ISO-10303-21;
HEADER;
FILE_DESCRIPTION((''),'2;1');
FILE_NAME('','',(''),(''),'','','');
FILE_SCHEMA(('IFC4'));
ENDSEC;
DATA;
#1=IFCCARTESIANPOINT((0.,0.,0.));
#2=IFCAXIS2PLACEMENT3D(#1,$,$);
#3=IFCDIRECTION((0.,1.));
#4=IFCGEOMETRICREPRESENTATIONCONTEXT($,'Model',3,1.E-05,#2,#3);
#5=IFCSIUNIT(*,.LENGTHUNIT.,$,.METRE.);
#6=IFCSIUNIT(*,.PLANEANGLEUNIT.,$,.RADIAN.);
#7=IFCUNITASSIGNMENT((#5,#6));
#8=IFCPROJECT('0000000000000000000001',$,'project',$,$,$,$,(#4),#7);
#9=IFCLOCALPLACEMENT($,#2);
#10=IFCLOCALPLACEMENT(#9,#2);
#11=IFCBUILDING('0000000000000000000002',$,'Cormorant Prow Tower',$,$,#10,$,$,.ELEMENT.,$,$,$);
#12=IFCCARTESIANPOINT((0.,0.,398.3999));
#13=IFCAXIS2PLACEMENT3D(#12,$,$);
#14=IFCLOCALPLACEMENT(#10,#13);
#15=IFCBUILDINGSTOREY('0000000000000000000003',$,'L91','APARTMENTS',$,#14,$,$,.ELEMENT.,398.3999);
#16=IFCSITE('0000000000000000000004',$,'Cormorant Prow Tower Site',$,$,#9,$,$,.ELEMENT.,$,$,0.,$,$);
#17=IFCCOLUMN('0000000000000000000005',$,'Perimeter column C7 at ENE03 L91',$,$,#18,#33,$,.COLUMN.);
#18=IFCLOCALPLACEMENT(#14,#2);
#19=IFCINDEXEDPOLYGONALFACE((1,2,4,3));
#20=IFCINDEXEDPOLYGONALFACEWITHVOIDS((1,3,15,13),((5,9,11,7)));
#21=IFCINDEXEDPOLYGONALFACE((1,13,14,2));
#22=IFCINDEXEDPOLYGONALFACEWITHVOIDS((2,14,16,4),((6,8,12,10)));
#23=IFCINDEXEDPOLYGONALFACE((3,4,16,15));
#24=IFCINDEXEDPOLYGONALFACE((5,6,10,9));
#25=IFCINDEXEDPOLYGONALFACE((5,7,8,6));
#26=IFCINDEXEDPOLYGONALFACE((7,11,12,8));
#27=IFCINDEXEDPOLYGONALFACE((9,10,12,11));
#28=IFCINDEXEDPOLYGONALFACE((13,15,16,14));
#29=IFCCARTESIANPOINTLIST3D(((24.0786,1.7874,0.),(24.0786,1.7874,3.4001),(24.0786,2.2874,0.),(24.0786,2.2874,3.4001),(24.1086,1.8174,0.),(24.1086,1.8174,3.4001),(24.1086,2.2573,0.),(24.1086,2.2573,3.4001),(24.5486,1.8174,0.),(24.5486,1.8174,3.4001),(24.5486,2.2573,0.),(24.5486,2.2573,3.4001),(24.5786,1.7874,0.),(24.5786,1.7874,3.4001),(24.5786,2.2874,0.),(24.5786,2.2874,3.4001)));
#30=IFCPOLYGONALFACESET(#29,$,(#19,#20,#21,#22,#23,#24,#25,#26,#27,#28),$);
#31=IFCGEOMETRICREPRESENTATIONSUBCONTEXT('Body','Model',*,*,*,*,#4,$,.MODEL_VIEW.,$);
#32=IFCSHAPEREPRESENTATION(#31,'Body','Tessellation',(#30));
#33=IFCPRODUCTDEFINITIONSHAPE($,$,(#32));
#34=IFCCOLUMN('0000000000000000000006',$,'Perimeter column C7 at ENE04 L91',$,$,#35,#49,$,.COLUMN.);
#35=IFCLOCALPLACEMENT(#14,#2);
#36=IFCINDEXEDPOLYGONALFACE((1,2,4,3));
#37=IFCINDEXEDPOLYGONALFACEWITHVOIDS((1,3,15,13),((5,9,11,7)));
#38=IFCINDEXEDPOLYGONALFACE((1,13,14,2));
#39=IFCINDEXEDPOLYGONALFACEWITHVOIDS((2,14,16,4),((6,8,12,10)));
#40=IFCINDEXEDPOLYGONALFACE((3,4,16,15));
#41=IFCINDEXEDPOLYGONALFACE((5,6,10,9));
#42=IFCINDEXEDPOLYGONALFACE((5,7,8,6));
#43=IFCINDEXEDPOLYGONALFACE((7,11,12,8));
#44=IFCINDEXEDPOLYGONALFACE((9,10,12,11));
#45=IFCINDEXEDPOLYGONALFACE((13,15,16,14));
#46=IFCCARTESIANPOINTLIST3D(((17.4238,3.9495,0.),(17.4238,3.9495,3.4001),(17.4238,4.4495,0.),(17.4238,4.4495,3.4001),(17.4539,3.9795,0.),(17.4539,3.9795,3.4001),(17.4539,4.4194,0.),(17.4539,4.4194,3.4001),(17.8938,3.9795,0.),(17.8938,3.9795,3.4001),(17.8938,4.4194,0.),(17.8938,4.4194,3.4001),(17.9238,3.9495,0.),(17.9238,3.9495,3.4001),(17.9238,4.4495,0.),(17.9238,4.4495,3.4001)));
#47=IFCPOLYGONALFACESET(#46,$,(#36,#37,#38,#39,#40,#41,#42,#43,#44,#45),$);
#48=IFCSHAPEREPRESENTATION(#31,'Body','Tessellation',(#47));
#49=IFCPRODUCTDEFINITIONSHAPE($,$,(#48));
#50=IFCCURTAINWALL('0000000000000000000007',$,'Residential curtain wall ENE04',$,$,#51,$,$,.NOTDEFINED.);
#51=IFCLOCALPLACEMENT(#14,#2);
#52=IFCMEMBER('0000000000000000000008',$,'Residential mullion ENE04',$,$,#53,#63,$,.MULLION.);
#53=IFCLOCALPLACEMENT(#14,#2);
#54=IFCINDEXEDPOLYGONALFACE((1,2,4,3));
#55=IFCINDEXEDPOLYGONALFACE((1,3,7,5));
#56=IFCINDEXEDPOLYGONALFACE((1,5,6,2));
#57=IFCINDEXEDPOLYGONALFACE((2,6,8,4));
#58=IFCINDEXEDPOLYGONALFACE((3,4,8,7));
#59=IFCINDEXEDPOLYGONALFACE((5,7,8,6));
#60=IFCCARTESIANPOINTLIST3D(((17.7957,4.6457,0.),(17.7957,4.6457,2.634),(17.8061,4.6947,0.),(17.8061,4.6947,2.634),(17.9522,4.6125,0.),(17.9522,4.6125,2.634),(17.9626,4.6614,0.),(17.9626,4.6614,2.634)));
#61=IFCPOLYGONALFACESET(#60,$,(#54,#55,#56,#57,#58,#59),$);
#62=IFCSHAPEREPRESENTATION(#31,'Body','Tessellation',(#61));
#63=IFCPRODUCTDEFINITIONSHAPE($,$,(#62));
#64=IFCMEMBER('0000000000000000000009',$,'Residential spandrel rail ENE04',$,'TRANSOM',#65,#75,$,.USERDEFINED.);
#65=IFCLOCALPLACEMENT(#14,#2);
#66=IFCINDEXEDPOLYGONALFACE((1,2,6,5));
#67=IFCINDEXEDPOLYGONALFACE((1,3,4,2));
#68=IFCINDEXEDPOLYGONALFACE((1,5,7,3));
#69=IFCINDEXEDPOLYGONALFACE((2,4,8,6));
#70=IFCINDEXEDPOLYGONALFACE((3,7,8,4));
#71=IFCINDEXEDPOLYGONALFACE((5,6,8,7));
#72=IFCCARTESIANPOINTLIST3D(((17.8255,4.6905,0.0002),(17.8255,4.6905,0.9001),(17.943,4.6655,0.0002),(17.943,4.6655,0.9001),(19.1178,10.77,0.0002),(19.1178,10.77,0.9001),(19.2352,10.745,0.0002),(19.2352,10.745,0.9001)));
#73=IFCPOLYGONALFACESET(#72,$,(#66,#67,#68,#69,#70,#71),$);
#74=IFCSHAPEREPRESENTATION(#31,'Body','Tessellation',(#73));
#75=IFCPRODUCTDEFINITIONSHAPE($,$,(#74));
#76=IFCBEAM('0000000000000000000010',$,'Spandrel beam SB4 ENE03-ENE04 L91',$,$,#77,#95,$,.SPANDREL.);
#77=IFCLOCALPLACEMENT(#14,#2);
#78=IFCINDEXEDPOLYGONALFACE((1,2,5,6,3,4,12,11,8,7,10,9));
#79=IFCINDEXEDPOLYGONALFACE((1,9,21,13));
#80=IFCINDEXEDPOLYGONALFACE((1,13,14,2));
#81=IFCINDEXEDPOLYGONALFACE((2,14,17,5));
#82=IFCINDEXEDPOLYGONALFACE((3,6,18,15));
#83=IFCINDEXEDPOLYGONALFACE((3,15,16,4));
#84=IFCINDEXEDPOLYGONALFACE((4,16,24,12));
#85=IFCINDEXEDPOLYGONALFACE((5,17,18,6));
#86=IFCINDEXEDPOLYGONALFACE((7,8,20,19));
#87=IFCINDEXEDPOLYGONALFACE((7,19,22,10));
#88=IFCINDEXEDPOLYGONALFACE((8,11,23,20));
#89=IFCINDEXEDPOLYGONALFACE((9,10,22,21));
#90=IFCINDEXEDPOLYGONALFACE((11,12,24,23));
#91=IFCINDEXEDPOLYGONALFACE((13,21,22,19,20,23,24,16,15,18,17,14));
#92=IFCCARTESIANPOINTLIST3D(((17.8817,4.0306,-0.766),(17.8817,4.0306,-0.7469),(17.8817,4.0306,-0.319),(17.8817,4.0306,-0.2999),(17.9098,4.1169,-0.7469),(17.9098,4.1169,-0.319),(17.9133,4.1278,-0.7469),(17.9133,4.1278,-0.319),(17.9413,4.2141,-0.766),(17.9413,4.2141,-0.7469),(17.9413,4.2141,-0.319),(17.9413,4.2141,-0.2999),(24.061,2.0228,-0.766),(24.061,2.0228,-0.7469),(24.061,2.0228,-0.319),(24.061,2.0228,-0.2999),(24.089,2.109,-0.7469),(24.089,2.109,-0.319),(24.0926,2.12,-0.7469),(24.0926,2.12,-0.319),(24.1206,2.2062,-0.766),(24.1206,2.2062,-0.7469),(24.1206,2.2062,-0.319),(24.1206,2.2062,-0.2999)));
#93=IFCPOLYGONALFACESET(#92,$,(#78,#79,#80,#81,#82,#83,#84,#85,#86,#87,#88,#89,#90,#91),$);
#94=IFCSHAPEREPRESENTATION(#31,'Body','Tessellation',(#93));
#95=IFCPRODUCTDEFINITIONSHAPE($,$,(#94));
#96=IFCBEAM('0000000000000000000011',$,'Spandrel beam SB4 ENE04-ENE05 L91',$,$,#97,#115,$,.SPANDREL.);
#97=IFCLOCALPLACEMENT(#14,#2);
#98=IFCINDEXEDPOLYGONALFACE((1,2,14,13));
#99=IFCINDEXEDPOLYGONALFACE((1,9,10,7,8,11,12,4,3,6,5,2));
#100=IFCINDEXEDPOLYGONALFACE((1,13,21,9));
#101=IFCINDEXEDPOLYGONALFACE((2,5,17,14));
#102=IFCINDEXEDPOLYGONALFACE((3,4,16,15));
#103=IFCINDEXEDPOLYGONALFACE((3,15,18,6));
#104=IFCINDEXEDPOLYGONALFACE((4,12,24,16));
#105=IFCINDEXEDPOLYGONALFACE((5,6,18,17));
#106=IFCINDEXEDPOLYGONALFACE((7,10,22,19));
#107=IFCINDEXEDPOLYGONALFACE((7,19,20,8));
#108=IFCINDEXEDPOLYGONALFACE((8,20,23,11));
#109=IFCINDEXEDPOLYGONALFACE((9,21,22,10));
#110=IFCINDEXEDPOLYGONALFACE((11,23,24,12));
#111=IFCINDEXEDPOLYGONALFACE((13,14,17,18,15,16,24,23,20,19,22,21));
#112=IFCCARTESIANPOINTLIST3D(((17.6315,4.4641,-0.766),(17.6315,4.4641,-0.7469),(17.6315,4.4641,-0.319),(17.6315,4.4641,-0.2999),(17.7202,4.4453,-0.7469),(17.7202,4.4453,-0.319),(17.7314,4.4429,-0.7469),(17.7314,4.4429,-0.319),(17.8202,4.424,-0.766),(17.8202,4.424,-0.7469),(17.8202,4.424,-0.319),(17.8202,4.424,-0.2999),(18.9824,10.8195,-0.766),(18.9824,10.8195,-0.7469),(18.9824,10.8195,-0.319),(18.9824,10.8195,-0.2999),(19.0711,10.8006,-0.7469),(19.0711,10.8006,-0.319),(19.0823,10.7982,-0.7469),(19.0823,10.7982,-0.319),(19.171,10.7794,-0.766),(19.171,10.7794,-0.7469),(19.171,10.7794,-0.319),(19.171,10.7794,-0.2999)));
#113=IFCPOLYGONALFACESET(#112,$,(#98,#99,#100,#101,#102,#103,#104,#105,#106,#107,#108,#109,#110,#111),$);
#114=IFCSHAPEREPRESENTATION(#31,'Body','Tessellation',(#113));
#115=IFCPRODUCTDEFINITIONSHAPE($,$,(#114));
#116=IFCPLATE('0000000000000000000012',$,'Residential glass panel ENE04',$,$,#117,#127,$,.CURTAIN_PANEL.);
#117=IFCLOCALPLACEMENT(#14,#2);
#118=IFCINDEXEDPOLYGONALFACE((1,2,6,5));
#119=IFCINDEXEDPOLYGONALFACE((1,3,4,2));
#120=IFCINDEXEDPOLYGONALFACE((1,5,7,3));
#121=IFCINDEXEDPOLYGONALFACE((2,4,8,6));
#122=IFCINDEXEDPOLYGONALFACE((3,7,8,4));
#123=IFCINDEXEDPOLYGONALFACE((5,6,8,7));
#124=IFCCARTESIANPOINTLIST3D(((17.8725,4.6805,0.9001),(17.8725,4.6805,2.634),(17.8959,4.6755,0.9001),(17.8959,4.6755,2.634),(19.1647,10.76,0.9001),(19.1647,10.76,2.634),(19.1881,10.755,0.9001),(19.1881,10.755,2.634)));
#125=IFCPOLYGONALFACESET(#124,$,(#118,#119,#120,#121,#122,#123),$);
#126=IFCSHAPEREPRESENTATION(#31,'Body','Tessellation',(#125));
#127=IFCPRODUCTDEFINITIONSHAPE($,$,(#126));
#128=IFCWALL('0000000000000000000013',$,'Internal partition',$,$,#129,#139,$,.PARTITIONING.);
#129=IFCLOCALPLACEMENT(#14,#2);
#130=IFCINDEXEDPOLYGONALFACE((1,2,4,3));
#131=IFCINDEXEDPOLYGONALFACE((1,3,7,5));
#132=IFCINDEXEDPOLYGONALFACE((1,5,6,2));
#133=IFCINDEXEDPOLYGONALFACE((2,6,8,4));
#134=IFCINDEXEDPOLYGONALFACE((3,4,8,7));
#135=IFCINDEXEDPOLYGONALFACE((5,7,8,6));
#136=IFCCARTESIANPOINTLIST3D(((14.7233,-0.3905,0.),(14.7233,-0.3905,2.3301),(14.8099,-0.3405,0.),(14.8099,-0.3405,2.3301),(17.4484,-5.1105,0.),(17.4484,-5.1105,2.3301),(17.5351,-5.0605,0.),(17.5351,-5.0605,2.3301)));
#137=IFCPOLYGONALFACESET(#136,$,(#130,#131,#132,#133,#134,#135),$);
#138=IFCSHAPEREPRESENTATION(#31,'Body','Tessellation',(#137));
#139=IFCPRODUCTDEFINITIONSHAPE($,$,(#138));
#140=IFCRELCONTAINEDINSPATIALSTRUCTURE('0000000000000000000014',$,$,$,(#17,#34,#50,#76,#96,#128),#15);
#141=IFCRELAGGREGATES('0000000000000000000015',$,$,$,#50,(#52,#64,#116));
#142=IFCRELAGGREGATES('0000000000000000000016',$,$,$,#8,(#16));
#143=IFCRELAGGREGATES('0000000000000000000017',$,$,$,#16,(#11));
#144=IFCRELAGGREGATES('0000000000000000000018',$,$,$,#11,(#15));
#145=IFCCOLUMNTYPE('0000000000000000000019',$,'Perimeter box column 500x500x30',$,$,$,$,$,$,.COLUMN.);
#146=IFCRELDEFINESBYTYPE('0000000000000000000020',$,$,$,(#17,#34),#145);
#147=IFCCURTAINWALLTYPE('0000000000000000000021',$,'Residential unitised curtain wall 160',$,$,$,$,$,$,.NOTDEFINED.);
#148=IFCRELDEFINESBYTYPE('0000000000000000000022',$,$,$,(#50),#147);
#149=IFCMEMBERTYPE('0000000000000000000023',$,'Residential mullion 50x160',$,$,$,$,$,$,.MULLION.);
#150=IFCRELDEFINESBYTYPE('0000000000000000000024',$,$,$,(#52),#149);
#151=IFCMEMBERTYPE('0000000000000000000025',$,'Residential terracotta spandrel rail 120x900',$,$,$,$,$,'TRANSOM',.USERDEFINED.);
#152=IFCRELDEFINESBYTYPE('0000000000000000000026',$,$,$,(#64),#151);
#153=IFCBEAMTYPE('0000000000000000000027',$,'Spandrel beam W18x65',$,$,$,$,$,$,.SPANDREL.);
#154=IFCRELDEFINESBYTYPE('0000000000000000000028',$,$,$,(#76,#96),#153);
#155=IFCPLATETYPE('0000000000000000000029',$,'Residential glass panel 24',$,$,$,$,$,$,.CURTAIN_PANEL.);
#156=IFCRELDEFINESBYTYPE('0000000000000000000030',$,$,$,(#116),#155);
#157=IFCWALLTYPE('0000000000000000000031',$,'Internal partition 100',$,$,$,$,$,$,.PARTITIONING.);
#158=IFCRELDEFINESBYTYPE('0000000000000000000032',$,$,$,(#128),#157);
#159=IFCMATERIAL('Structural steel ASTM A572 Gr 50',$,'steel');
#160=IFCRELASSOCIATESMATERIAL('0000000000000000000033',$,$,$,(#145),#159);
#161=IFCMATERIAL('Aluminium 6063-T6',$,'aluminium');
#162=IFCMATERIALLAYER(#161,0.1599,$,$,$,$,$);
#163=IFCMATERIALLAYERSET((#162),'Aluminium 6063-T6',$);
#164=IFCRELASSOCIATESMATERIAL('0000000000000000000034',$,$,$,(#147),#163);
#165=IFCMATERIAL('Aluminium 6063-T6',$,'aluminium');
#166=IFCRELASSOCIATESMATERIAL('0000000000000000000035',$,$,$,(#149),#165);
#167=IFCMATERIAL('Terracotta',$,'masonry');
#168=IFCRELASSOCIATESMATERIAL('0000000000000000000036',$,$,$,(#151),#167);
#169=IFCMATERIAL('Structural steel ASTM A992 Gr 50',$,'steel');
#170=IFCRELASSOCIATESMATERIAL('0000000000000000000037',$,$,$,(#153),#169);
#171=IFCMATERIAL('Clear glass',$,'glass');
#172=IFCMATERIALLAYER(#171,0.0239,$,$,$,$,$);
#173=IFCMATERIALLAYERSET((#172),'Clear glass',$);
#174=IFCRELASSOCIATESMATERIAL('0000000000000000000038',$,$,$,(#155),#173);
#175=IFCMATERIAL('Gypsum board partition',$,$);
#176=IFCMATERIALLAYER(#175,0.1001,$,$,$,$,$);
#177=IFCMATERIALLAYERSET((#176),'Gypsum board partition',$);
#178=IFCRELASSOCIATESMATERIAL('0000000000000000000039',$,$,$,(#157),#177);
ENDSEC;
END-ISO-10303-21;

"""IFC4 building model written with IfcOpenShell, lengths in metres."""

from ifc_helpers import new_model, si_unit, direction, frame, frame_2d, origin, origin_2d, place, context, subcontext, project, spatial, rectangle, hollow_rectangle, i_section, extrude, material, layer, layer_set, material_profile, profile_set, type_object, element, aggregate, save


model = new_model("IFC4")

# Units and contexts
model_context = context("Model", 3, precision=1e-05, world=origin(), true_north=direction((0.0, 1.0)))
body_context = subcontext(model_context, "Body", "Model", "MODEL_VIEW")
ifc_project = project(units=[si_unit("LENGTHUNIT", "METRE"), si_unit("PLANEANGLEUNIT", "RADIAN")], contexts=[model_context])

# Site, building, storey
site_placement = place(None, origin())
site = spatial("IfcSite", under=ifc_project, at=site_placement, Name="Cormorant Prow Tower Site", CompositionType="ELEMENT", RefElevation=0.0)
building_placement = place(site_placement, origin())
building = spatial("IfcBuilding", under=site, at=building_placement, Name="Cormorant Prow Tower", CompositionType="ELEMENT")
storey_placement = place(building_placement, frame((0.0, 0.0, 398.3999)))
storey = spatial("IfcBuildingStorey", under=building, at=storey_placement, Name="L91", Description="APARTMENTS", CompositionType="ELEMENT", Elevation=398.3999)

# Columns
ifc_material_1 = material(Name="Structural steel ASTM A572 Gr 50", Category="steel")
ifc_material_profile_1 = material_profile(ifc_material_1, hollow_rectangle(XDim=0.5, YDim=0.5, WallThickness=0.03, at=origin_2d()), Name="Box 500x500x30")
ifc_profile_set_1 = profile_set([ifc_material_profile_1], Name="Structural steel ASTM A572 Gr 50")
column_type = type_object("IfcColumnType", Name="Perimeter box column 500x500x30", PredefinedType="COLUMN", material=ifc_profile_set_1)
for number, where, z_axis, x_axis, name in (
    (1, (24.3286, 2.0374, 0.0), (0.0, 0.0, 1.0), (1.0, 0.0, 0.0), "Perimeter column C7 at ENE03 L91"),
    (2, (17.6738, 4.1995, 0.0), (0.0, 0.0, 1.0), (1.0, 0.0, 0.0), "Perimeter column C7 at ENE04 L91"),
):
    element("IfcColumn", number, at=place(storey_placement, frame(where, z_axis=z_axis, x_axis=x_axis)), inside=storey, type_object=column_type, Name=name, PredefinedType="COLUMN", context=body_context, shape_type="SweptSolid", body=[
        extrude(hollow_rectangle(XDim=0.5, YDim=0.5, WallThickness=0.03, at=origin_2d()), origin(), (0.0, 0.0, 1.0), 3.4001),
    ])

# Curtain wall, members
ifc_material_2 = material(Name="Aluminium 6063-T6", Category="aluminium")
ifc_layer_1 = layer(ifc_material_2, 0.1599)
ifc_layer_set_1 = layer_set([ifc_layer_1], Name="Aluminium 6063-T6")
curtain_wall_type = type_object("IfcCurtainWallType", Name="Residential unitised curtain wall 160", PredefinedType="NOTDEFINED", material=ifc_layer_set_1)
curtain_wall_placement = place(storey_placement, origin())
curtain_wall = element("IfcCurtainWall", 3, at=curtain_wall_placement, inside=storey, type_object=curtain_wall_type, Name="Residential curtain wall ENE04", PredefinedType="NOTDEFINED")
ifc_material_3 = material(Name="Aluminium 6063-T6", Category="aluminium")
ifc_material_profile_2 = material_profile(ifc_material_3, rectangle(XDim=0.1599, YDim=0.05, at=origin_2d()), Name="Residential mullion 50x160")
ifc_profile_set_2 = profile_set([ifc_material_profile_2], Name="Aluminium 6063-T6")
member_type_1 = type_object("IfcMemberType", Name="Residential mullion 50x160", PredefinedType="MULLION", material=ifc_profile_set_2)
member_1_placement = place(storey_placement, frame((17.8792, 4.6536, 0.0), z_axis=(0.0, 0.0, 1.0), x_axis=(-0.978148, 0.207912, 0.0)))
member_1 = element("IfcMember", 4, at=member_1_placement, type_object=member_type_1, Name="Residential mullion ENE04", PredefinedType="MULLION", context=body_context, shape_type="SweptSolid", body=[
    extrude(rectangle(XDim=0.1599, YDim=0.05, at=origin_2d()), origin(), (0.0, 0.0, 1.0), 2.634),
])
ifc_material_4 = material(Name="Terracotta", Category="masonry")
ifc_material_profile_3 = material_profile(ifc_material_4, rectangle(XDim=0.1201, YDim=0.8999, at=origin_2d()), Name="Residential terracotta spandrel rail 120x900")
ifc_profile_set_3 = profile_set([ifc_material_profile_3], Name="Terracotta")
member_type_2 = type_object("IfcMemberType", Name="Residential terracotta spandrel rail 120x900", ElementType="TRANSOM", PredefinedType="USERDEFINED", material=ifc_profile_set_3)
member_2_placement = place(storey_placement, frame((17.8843, 4.678, 0.4502), z_axis=(0.207909, 0.978148, 0.0), x_axis=(-0.978148, 0.207909, 0.0)))
member_2 = element("IfcMember", 5, at=member_2_placement, type_object=member_type_2, Name="Residential spandrel rail ENE04", ObjectType="TRANSOM", PredefinedType="USERDEFINED", context=body_context, shape_type="SweptSolid", body=[
    extrude(rectangle(XDim=0.1201, YDim=0.8999, at=origin_2d()), origin(), (0.0, 0.0, 1.0), 6.2153),
])

# Beams
ifc_material_5 = material(Name="Structural steel ASTM A992 Gr 50", Category="steel")
ifc_material_profile_4 = material_profile(ifc_material_5, i_section(OverallWidth=0.1929, OverallDepth=0.4661, WebThickness=0.0115, FlangeThickness=0.019, at=origin_2d()), Name="W18x65")
ifc_profile_set_4 = profile_set([ifc_material_profile_4], Name="Structural steel ASTM A992 Gr 50")
beam_type = type_object("IfcBeamType", Name="Spandrel beam W18x65", PredefinedType="SPANDREL", material=ifc_profile_set_4)
for number, where, z_axis, x_axis, name in (
    (6, (24.0908, 2.1145, -0.533), (-0.951053, 0.309027, 0.0), (-0.309027, -0.951053, 0.0), "Spandrel beam SB4 ENE03-ENE04 L91"),
    (7, (17.7258, 4.4441, -0.533), (0.20791, 0.978148, 0.0), (-0.978148, 0.20791, 0.0), "Spandrel beam SB4 ENE04-ENE05 L91"),
):
    element("IfcBeam", number, at=place(storey_placement, frame(where, z_axis=z_axis, x_axis=x_axis)), inside=storey, type_object=beam_type, Name=name, PredefinedType="SPANDREL", context=body_context, shape_type="SweptSolid", body=[
        extrude(i_section(OverallWidth=0.1929, OverallDepth=0.4661, WebThickness=0.0115, FlangeThickness=0.019, at=origin_2d()), origin(), (0.0, 0.0, 1.0), 6.4973),
    ])

# Plate
ifc_material_6 = material(Name="Clear glass", Category="glass")
ifc_layer_2 = layer(ifc_material_6, 0.0239)
ifc_layer_set_2 = layer_set([ifc_layer_2], Name="Clear glass")
plate_type = type_object("IfcPlateType", Name="Residential glass panel 24", PredefinedType="CURTAIN_PANEL", material=ifc_layer_set_2)
plate_placement = place(storey_placement, frame((18.5303, 7.7178, 0.9001), z_axis=(0.0, 0.0, 1.0), x_axis=(0.207912, 0.978148, 0.0)))
plate = element("IfcPlate", 8, at=plate_placement, type_object=plate_type, Name="Residential glass panel ENE04", PredefinedType="CURTAIN_PANEL", context=body_context, shape_type="SweptSolid", body=[
    extrude(rectangle(XDim=6.2153, YDim=0.0239, at=origin_2d()), origin(), (0.0, 0.0, 1.0), 1.7339),
])
aggregate(curtain_wall, [member_1, member_2, plate])

# Wall
ifc_material_7 = material(Name="Gypsum board partition")
ifc_layer_3 = layer(ifc_material_7, 0.1001)
ifc_layer_set_3 = layer_set([ifc_layer_3], Name="Gypsum board partition")
wall_type_1 = type_object("IfcWallType", Name="Internal partition 100", PredefinedType="PARTITIONING", material=ifc_layer_set_3)
wall_1_placement = place(storey_placement, frame((14.7666, -0.3655, 0.0), z_axis=(0.0, 0.0, 1.0), x_axis=(0.500003, -0.866024, 0.0)))
element("IfcWall", 9, at=wall_1_placement, inside=storey, type_object=wall_type_1, Name="Internal partition", PredefinedType="PARTITIONING", context=body_context, shape_type="SweptSolid", body=[
    extrude(rectangle(XDim=5.4502, YDim=0.1001, at=frame_2d((2.7251, 0.0))), origin(), (0.0, 0.0, 1.0), 2.3301),
])

save(model, "model.ifc")
